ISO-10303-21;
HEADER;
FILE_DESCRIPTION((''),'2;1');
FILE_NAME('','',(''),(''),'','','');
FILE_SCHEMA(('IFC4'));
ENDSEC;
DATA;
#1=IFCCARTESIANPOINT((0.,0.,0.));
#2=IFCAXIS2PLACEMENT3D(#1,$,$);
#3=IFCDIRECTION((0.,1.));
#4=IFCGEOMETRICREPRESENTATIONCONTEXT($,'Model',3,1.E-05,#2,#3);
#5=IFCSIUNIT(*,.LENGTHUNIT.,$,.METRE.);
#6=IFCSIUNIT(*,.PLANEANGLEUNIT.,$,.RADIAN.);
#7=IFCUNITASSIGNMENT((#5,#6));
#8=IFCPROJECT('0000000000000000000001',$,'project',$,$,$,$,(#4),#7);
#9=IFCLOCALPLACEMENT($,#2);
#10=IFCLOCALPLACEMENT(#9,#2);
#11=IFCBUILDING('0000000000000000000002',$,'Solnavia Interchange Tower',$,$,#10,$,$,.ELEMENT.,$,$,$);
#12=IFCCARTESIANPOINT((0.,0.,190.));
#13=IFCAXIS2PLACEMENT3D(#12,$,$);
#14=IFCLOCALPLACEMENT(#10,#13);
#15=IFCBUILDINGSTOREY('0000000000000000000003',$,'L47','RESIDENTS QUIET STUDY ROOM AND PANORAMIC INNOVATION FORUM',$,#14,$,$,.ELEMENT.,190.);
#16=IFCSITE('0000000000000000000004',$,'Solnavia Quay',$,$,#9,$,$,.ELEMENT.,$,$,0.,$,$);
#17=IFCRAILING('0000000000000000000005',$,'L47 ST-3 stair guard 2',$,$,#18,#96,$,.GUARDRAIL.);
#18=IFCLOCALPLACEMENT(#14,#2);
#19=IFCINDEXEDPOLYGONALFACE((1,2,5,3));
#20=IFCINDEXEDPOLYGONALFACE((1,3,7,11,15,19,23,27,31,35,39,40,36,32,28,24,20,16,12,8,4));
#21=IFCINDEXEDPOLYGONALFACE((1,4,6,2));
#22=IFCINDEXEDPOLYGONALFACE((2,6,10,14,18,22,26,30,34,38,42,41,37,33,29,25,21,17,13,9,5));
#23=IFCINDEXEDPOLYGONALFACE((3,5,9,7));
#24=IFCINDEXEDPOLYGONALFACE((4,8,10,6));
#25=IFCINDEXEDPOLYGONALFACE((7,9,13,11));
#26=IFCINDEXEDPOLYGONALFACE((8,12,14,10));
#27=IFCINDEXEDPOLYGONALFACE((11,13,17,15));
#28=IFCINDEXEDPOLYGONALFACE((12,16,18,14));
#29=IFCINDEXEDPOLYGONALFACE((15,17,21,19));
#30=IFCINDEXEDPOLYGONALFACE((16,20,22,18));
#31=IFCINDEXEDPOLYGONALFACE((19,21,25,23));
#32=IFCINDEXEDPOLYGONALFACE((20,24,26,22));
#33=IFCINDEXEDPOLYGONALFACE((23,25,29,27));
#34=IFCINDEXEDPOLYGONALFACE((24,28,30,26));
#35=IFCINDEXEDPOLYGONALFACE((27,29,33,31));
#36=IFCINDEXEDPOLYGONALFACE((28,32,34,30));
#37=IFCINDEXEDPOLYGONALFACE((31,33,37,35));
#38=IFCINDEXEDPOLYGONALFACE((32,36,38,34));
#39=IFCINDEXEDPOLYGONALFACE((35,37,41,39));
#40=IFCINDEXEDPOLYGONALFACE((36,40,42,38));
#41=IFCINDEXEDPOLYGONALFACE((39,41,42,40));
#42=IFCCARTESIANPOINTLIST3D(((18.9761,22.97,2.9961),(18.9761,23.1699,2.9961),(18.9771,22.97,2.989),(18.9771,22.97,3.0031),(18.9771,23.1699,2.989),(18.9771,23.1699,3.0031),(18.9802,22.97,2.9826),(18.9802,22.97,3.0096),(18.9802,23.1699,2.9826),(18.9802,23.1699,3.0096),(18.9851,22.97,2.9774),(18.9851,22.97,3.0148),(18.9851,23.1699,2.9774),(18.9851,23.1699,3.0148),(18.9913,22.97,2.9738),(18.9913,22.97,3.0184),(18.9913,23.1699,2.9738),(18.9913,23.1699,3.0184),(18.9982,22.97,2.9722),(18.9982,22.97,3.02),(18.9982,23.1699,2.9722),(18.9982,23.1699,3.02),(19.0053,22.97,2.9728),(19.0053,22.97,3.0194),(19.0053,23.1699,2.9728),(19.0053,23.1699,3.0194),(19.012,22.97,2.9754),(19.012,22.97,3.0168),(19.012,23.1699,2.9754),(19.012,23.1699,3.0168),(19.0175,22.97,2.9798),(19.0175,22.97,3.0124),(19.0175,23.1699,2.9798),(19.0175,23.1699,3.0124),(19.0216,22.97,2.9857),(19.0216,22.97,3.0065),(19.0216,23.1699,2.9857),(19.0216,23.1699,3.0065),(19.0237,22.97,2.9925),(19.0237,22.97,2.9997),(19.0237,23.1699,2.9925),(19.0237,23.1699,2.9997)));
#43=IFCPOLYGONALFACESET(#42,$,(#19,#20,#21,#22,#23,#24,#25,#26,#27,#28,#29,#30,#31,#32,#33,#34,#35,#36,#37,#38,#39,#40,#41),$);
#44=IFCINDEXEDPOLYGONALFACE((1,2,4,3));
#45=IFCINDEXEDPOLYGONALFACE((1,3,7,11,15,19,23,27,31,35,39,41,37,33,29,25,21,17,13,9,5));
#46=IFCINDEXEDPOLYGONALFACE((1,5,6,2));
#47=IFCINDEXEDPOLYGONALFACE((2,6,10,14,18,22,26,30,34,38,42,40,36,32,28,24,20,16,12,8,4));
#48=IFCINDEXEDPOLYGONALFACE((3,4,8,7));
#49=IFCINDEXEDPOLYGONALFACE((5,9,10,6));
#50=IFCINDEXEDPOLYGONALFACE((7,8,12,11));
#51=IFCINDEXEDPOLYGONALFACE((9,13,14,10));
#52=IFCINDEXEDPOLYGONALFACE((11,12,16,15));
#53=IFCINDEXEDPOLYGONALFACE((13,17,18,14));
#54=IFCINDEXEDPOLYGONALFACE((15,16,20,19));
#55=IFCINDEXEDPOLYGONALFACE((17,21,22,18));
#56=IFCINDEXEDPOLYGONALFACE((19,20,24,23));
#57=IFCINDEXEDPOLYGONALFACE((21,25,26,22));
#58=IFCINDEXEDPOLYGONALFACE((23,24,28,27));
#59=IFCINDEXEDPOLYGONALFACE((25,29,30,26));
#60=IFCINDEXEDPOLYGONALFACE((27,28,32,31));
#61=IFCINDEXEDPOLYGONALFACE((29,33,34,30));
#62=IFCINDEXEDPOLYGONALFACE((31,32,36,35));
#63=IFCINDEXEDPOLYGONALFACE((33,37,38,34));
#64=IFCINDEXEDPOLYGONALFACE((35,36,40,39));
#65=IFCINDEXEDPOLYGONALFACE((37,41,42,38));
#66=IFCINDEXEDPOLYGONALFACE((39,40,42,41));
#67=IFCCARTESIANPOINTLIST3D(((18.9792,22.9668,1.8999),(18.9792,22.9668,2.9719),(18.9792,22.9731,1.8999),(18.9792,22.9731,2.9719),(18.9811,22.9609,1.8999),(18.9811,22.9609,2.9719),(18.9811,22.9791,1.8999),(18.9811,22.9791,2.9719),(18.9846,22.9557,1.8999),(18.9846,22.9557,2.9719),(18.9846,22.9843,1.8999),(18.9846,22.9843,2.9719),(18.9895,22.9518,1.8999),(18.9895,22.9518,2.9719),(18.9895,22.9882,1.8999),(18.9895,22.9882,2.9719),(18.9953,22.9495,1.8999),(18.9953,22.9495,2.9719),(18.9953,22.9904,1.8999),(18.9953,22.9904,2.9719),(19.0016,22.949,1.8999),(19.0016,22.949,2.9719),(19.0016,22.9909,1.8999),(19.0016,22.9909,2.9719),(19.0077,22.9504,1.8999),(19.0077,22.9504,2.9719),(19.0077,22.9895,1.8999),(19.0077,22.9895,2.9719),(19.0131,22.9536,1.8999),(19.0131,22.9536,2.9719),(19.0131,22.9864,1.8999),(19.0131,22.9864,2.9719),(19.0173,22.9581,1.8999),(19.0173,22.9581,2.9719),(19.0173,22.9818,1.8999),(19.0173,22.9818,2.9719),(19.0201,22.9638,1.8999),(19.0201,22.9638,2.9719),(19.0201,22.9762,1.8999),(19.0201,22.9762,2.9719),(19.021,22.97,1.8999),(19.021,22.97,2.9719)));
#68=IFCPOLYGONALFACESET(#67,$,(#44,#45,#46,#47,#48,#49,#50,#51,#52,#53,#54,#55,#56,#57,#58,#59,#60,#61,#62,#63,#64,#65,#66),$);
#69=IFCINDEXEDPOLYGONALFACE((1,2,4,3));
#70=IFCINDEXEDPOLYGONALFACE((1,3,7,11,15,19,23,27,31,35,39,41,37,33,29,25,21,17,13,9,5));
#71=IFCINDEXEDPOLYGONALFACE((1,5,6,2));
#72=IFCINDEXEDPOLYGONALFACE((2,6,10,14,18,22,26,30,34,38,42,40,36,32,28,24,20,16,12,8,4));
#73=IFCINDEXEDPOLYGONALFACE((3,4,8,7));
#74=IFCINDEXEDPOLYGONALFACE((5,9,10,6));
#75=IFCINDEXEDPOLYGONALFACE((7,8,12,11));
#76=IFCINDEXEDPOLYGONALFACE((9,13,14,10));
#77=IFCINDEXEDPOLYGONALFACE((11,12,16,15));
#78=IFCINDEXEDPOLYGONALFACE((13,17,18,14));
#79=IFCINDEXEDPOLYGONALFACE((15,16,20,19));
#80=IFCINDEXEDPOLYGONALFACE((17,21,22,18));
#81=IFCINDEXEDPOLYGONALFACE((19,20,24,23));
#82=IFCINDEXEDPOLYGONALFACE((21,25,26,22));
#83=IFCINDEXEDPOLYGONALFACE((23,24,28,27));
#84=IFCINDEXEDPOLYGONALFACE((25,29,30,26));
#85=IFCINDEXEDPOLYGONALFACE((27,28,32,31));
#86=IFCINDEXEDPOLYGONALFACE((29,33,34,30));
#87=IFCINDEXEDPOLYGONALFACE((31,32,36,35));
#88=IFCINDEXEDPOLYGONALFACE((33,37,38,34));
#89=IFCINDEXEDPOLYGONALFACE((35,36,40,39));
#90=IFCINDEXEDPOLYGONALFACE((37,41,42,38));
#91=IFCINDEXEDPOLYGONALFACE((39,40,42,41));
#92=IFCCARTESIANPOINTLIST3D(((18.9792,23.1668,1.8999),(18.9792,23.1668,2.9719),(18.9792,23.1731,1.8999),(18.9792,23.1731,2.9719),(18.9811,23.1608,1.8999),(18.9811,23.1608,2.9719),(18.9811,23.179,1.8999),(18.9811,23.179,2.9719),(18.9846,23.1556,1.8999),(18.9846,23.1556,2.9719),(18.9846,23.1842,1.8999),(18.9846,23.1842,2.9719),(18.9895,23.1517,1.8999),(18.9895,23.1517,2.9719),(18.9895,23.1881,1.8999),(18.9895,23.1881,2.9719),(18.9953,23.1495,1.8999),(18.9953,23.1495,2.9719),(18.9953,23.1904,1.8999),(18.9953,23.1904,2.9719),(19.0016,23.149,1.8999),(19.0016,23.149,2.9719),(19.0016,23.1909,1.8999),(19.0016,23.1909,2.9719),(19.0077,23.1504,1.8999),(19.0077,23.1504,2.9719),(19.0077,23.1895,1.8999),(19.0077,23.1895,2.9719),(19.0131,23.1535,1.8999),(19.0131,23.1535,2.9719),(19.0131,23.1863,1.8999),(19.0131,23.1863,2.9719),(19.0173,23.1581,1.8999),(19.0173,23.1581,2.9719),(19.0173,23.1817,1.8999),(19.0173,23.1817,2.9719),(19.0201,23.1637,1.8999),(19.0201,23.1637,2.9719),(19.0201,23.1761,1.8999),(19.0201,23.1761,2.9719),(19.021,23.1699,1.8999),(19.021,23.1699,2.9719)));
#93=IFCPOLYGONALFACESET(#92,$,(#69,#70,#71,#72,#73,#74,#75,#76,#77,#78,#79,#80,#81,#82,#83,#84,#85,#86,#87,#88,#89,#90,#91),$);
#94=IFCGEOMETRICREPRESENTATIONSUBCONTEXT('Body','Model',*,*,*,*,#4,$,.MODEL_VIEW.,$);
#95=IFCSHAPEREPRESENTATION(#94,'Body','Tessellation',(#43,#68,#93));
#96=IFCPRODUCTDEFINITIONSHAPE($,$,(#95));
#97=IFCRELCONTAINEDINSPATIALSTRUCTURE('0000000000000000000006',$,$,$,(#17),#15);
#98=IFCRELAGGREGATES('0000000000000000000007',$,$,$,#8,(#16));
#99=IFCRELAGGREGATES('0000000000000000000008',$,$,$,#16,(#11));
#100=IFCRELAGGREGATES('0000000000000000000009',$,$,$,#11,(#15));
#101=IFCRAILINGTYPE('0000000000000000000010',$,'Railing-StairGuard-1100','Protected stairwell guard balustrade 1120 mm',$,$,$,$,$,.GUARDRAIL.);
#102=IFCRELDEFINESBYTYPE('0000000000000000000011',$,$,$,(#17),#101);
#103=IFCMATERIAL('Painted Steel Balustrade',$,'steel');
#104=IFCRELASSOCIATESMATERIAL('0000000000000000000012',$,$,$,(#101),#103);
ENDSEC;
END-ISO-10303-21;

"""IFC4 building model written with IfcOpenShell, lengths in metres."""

from ifc_helpers import new_model, si_unit, direction, frame, origin, origin_2d, place, context, subcontext, project, spatial, circle, extrude, material, type_object, element, save


model = new_model("IFC4")

# Units and contexts
model_context = context("Model", 3, precision=1e-05, world=origin(), true_north=direction((0.0, 1.0)))
body_context = subcontext(model_context, "Body", "Model", "MODEL_VIEW")
ifc_project = project(units=[si_unit("LENGTHUNIT", "METRE"), si_unit("PLANEANGLEUNIT", "RADIAN")], contexts=[model_context])

# Site, building, storey
site_placement = place(None, origin())
site = spatial("IfcSite", under=ifc_project, at=site_placement, Name="Solnavia Quay", CompositionType="ELEMENT", RefElevation=0.0)
building_placement = place(site_placement, origin())
building = spatial("IfcBuilding", under=site, at=building_placement, Name="Solnavia Interchange Tower", CompositionType="ELEMENT")
storey_placement = place(building_placement, frame((0.0, 0.0, 190.0)))
storey = spatial("IfcBuildingStorey", under=building, at=storey_placement, Name="L47", Description="RESIDENTS QUIET STUDY ROOM AND PANORAMIC INNOVATION FORUM", CompositionType="ELEMENT", Elevation=190.0)

# Railing
ifc_material_1 = material(Name="Painted Steel Balustrade", Category="steel")
railing_type_1 = type_object("IfcRailingType", Name="Railing-StairGuard-1100", Description="Protected stairwell guard balustrade 1120 mm", PredefinedType="GUARDRAIL", material=ifc_material_1)
railing_1_placement = place(storey_placement, frame((19.0, 22.97, 1.8999)))
element("IfcRailing", 1, at=railing_1_placement, inside=storey, type_object=railing_type_1, Name="L47 ST-3 stair guard 2", PredefinedType="GUARDRAIL", context=body_context, shape_type="SweptSolid", body=[
    extrude(circle(Radius=0.0239, at=origin_2d()), frame((0.0, 0.0, 1.0962), z_axis=(0.0, 1.0, 0.0), x_axis=(-1.0, 0.0, 0.0)), (0.0, 0.0, 1.0), 0.2),
    extrude(circle(Radius=0.021, at=origin_2d()), origin(), (0.0, 0.0, 1.0), 1.072),
    extrude(circle(Radius=0.021, at=origin_2d()), frame((0.0, 0.2, 0.0)), (0.0, 0.0, 1.0), 1.072),
])

save(model, "model.ifc")
